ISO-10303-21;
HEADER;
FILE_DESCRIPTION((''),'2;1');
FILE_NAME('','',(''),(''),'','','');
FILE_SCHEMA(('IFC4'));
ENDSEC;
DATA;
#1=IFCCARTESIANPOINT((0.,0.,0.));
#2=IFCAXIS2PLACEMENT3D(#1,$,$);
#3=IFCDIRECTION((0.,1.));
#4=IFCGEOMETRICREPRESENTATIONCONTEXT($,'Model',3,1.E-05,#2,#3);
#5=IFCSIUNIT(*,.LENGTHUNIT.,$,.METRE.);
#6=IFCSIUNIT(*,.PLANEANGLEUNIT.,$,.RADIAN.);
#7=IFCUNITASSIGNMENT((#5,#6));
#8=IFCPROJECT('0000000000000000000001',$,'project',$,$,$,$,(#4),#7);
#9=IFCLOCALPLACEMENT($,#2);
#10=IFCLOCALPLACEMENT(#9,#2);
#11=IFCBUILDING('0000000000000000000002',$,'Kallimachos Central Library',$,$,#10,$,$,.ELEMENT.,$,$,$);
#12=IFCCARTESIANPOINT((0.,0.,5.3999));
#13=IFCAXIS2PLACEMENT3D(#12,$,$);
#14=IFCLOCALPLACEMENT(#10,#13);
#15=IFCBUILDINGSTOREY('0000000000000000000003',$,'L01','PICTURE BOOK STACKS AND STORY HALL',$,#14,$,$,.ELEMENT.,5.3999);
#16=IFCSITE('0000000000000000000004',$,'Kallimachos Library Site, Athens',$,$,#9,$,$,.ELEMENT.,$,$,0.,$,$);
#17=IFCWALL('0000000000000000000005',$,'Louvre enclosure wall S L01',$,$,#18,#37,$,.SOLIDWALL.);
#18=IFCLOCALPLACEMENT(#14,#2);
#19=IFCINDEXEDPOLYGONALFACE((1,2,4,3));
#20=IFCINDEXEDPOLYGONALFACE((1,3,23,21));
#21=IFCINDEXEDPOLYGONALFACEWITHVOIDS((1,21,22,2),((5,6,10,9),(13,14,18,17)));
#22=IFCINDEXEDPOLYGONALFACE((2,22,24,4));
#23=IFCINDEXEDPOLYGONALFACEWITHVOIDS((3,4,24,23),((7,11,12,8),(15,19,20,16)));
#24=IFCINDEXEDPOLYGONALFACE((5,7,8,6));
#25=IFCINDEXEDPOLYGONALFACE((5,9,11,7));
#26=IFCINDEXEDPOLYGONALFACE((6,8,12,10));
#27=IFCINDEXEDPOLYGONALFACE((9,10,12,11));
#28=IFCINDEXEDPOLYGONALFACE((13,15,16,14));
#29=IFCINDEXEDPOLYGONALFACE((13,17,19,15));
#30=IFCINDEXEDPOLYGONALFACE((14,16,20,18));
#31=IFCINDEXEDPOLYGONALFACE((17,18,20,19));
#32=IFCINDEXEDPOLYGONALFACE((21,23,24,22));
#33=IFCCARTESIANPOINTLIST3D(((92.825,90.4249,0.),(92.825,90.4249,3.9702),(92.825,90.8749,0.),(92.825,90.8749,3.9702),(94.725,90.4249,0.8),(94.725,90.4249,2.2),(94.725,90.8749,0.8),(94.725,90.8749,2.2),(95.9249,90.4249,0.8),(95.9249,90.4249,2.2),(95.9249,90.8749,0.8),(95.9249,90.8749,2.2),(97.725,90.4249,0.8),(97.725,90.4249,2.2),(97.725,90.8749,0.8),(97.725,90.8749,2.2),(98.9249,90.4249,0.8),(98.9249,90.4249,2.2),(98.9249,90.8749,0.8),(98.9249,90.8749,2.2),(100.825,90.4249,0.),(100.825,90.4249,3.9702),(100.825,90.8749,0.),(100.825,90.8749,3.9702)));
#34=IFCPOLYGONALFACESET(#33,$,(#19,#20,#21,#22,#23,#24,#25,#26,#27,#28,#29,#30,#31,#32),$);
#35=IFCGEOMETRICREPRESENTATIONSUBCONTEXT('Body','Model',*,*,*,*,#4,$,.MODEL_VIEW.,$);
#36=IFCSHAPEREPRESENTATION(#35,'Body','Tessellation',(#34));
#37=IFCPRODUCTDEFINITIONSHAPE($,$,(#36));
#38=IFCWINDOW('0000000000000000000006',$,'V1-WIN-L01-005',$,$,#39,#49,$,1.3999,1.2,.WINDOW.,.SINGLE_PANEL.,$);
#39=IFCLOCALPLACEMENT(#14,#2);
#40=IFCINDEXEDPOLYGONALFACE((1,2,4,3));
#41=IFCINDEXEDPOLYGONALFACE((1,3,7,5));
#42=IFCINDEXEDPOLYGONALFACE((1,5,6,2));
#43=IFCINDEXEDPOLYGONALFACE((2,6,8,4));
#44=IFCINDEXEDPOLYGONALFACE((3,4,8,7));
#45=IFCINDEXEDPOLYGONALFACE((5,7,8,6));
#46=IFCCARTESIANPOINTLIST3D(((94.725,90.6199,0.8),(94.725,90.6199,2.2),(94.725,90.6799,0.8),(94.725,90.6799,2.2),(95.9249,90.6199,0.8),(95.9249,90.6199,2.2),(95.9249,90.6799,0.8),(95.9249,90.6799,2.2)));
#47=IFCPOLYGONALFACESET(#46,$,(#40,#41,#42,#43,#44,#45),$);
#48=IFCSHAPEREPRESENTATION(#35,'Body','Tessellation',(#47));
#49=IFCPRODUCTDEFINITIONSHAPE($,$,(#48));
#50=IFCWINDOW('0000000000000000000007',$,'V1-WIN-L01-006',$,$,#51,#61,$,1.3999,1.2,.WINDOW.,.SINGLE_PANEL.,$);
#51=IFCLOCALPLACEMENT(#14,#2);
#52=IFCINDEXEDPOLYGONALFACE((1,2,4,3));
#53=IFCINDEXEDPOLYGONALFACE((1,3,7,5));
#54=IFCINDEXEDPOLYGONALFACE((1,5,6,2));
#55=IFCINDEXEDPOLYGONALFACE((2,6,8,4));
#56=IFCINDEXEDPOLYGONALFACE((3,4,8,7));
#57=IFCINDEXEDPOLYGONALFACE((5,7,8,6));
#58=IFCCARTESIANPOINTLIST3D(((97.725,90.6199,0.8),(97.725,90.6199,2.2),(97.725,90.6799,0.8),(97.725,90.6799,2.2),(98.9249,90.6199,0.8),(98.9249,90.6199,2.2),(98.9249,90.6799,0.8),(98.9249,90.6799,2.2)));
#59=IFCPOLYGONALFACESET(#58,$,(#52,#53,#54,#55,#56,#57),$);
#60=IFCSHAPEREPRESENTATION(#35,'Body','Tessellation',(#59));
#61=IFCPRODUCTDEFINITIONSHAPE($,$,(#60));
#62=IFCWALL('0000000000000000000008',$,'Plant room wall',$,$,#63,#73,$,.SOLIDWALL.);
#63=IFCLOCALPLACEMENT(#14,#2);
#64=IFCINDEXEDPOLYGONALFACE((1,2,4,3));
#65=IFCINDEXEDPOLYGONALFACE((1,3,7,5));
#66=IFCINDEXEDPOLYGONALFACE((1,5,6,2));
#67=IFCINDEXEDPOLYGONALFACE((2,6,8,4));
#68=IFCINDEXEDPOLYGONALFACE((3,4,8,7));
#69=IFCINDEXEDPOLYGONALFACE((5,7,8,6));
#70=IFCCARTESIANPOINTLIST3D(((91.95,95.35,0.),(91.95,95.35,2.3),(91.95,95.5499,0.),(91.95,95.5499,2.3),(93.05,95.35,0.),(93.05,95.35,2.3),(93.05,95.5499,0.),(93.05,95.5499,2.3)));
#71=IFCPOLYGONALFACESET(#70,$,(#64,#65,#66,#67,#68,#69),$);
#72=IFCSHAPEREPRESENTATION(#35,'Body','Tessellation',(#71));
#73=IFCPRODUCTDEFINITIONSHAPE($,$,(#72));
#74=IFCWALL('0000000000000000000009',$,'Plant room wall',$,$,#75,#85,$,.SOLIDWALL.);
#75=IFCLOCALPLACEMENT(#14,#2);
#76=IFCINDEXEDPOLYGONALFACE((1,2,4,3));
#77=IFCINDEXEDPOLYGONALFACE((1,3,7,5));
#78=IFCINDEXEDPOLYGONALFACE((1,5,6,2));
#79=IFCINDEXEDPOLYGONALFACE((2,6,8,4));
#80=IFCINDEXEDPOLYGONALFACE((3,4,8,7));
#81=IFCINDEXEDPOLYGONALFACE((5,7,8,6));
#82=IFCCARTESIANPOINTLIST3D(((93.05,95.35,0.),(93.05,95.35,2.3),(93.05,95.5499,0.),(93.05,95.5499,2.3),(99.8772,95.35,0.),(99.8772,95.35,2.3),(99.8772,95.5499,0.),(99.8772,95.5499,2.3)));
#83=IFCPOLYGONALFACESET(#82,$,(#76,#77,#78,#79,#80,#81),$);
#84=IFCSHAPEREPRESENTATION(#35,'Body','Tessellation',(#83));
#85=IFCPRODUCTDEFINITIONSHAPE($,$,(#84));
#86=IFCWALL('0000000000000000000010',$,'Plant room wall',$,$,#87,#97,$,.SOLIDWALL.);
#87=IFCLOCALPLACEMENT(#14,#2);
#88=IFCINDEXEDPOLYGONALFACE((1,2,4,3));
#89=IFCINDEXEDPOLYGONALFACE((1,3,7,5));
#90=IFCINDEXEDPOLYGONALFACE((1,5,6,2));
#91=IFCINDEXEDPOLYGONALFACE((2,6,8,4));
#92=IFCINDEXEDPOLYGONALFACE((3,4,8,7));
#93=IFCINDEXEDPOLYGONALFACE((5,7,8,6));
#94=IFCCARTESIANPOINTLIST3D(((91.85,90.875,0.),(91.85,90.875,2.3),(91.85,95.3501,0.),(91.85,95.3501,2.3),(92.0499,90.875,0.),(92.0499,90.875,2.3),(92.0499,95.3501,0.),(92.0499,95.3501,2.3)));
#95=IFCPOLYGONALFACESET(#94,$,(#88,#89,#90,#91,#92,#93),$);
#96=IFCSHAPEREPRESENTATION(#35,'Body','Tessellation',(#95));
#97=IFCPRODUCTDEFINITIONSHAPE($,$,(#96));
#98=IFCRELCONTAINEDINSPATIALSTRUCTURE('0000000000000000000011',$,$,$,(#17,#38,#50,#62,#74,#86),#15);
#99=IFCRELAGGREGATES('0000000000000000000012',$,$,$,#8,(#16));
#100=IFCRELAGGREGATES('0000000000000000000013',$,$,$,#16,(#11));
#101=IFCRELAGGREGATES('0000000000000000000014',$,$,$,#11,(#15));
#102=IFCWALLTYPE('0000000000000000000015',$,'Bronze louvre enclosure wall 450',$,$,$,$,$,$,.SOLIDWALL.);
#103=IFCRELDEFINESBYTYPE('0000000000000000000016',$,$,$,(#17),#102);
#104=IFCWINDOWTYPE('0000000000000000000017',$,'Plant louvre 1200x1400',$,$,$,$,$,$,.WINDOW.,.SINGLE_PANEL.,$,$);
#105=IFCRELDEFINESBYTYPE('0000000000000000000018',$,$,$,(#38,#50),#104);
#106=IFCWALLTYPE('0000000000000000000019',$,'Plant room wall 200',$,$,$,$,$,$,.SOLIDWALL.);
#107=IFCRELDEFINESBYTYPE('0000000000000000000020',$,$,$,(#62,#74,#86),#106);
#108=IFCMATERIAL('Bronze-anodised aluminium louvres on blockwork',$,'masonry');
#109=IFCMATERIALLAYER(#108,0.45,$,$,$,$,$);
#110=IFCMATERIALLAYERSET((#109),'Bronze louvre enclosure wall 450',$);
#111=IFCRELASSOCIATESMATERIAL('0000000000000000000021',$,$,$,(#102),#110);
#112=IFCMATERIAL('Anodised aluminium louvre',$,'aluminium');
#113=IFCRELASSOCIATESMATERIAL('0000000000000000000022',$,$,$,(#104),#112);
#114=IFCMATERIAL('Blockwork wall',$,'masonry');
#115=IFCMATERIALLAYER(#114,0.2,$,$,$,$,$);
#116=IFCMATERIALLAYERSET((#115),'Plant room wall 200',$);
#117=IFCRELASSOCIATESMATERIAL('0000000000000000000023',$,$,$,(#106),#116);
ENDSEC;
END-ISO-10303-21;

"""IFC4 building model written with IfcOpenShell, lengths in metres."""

from ifc_helpers import new_model, si_unit, direction, frame, frame_2d, origin, place, context, subcontext, project, spatial, rectangle, extrude, material, layer, layer_set, type_object, element, fill, save


model = new_model("IFC4")

# Units and contexts
model_context = context("Model", 3, precision=1e-05, world=origin(), true_north=direction((0.0, 1.0)))
body_context = subcontext(model_context, "Body", "Model", "MODEL_VIEW")
ifc_project = project(units=[si_unit("LENGTHUNIT", "METRE"), si_unit("PLANEANGLEUNIT", "RADIAN")], contexts=[model_context])

# Site, building, storey
site_placement = place(None, origin())
site = spatial("IfcSite", under=ifc_project, at=site_placement, Name="Kallimachos Library Site, Athens", CompositionType="ELEMENT", RefElevation=0.0)
building_placement = place(site_placement, origin())
building = spatial("IfcBuilding", under=site, at=building_placement, Name="Kallimachos Central Library", CompositionType="ELEMENT")
storey_placement = place(building_placement, frame((0.0, 0.0, 5.3999)))
storey = spatial("IfcBuildingStorey", under=building, at=storey_placement, Name="L01", Description="PICTURE BOOK STACKS AND STORY HALL", CompositionType="ELEMENT", Elevation=5.3999)

# Shared definitions
ifc_material_1 = material(Name="Bronze-anodised aluminium louvres on blockwork", Category="masonry")
ifc_layer_1 = layer(ifc_material_1, 0.45)
ifc_layer_set_1 = layer_set([ifc_layer_1], Name="Bronze louvre enclosure wall 450")
wall_type_1 = type_object("IfcWallType", Name="Bronze louvre enclosure wall 450", PredefinedType="SOLIDWALL", material=ifc_layer_set_1)

# Wall, openings, windows
wall_1_placement = place(storey_placement, frame((92.825, 90.6499, 0.0), z_axis=(0.0, 0.0, 1.0), x_axis=(1.0, 0.0, 0.0)))
wall_1 = element("IfcWall", 1, at=wall_1_placement, inside=storey, type_object=wall_type_1, Name="Louvre enclosure wall S L01", PredefinedType="SOLIDWALL", context=body_context, shape_type="SweptSolid", body=[
    extrude(rectangle(XDim=8.0, YDim=0.45, at=frame_2d((4.0, 0.0))), origin(), (0.0, 0.0, 1.0), 3.9702),
])
opening_1_placement = place(wall_1_placement, frame((1.8999, 0.0, 0.8)))
opening_1 = element("IfcOpeningElement", 2, at=opening_1_placement, cuts=wall_1, PredefinedType="OPENING", context=body_context, shape_type="SweptSolid", body=[
    extrude(rectangle(XDim=1.2, YDim=1.3999, at=frame_2d((0.6001, 0.7))), frame((0.0, 0.2349, 0.0), z_axis=(0.0, -1.0, 0.0), x_axis=(1.0, 0.0, 0.0)), (0.0, 0.0, 1.0), 0.47),
])
opening_2_placement = place(wall_1_placement, frame((4.8999, 0.0, 0.8)))
opening_2 = element("IfcOpeningElement", 3, at=opening_2_placement, cuts=wall_1, PredefinedType="OPENING", context=body_context, shape_type="SweptSolid", body=[
    extrude(rectangle(XDim=1.2, YDim=1.3999, at=frame_2d((0.6001, 0.7))), frame((0.0, 0.2349, 0.0), z_axis=(0.0, -1.0, 0.0), x_axis=(1.0, 0.0, 0.0)), (0.0, 0.0, 1.0), 0.47),
])
ifc_material_2 = material(Name="Anodised aluminium louvre", Category="aluminium")
window_type = type_object("IfcWindowType", Name="Plant louvre 1200x1400", PartitioningType="SINGLE_PANEL", PredefinedType="WINDOW", material=ifc_material_2)
window_1_placement = place(opening_1_placement, origin())
window_1 = element("IfcWindow", 4, at=window_1_placement, inside=storey, type_object=window_type, Name="V1-WIN-L01-005", OverallHeight=1.3999, OverallWidth=1.2, PartitioningType="SINGLE_PANEL", PredefinedType="WINDOW", context=body_context, shape_type="SweptSolid", body=[
    extrude(rectangle(XDim=1.2, YDim=1.3999, at=frame_2d((0.6001, 0.7))), frame((0.0, 0.03, 0.0), z_axis=(0.0, -1.0, 0.0), x_axis=(1.0, 0.0, 0.0)), (0.0, 0.0, 1.0), 0.0601),
])
fill(opening_1, window_1)
window_2_placement = place(opening_2_placement, origin())
window_2 = element("IfcWindow", 5, at=window_2_placement, inside=storey, type_object=window_type, Name="V1-WIN-L01-006", OverallHeight=1.3999, OverallWidth=1.2, PartitioningType="SINGLE_PANEL", PredefinedType="WINDOW", context=body_context, shape_type="SweptSolid", body=[
    extrude(rectangle(XDim=1.2, YDim=1.3999, at=frame_2d((0.6001, 0.7))), frame((0.0, 0.03, 0.0), z_axis=(0.0, -1.0, 0.0), x_axis=(1.0, 0.0, 0.0)), (0.0, 0.0, 1.0), 0.0601),
])
fill(opening_2, window_2)

# Walls
ifc_material_3 = material(Name="Blockwork wall", Category="masonry")
ifc_layer_2 = layer(ifc_material_3, 0.2)
ifc_layer_set_2 = layer_set([ifc_layer_2], Name="Plant room wall 200")
wall_type_2 = type_object("IfcWallType", Name="Plant room wall 200", PredefinedType="SOLIDWALL", material=ifc_layer_set_2)
wall_2_placement = place(storey_placement, frame((91.95, 95.45, 0.0), z_axis=(0.0, 0.0, 1.0), x_axis=(1.0, 0.0, 0.0)))
element("IfcWall", 6, at=wall_2_placement, inside=storey, type_object=wall_type_2, Name="Plant room wall", PredefinedType="SOLIDWALL", context=body_context, shape_type="SweptSolid", body=[
    extrude(rectangle(XDim=1.1001, YDim=0.2, at=frame_2d((0.55, 0.0))), origin(), (0.0, 0.0, 1.0), 2.3),
])
wall_3_placement = place(storey_placement, frame((93.05, 95.45, 0.0), z_axis=(0.0, 0.0, 1.0), x_axis=(1.0, 0.0, 0.0)))
element("IfcWall", 7, at=wall_3_placement, inside=storey, type_object=wall_type_2, Name="Plant room wall", PredefinedType="SOLIDWALL", context=body_context, shape_type="SweptSolid", body=[
    extrude(rectangle(XDim=6.8271, YDim=0.2, at=frame_2d((3.4136, 0.0))), origin(), (0.0, 0.0, 1.0), 2.3),
])
wall_4_placement = place(storey_placement, frame((91.95, 90.875, 0.0), z_axis=(0.0, 0.0, 1.0), x_axis=(0.0, 1.0, 0.0)))
element("IfcWall", 8, at=wall_4_placement, inside=storey, type_object=wall_type_2, Name="Plant room wall", PredefinedType="SOLIDWALL", context=body_context, shape_type="SweptSolid", body=[
    extrude(rectangle(XDim=4.4751, YDim=0.2, at=frame_2d((2.2375, 0.0))), origin(), (0.0, 0.0, 1.0), 2.3),
])

save(model, "model.ifc")
